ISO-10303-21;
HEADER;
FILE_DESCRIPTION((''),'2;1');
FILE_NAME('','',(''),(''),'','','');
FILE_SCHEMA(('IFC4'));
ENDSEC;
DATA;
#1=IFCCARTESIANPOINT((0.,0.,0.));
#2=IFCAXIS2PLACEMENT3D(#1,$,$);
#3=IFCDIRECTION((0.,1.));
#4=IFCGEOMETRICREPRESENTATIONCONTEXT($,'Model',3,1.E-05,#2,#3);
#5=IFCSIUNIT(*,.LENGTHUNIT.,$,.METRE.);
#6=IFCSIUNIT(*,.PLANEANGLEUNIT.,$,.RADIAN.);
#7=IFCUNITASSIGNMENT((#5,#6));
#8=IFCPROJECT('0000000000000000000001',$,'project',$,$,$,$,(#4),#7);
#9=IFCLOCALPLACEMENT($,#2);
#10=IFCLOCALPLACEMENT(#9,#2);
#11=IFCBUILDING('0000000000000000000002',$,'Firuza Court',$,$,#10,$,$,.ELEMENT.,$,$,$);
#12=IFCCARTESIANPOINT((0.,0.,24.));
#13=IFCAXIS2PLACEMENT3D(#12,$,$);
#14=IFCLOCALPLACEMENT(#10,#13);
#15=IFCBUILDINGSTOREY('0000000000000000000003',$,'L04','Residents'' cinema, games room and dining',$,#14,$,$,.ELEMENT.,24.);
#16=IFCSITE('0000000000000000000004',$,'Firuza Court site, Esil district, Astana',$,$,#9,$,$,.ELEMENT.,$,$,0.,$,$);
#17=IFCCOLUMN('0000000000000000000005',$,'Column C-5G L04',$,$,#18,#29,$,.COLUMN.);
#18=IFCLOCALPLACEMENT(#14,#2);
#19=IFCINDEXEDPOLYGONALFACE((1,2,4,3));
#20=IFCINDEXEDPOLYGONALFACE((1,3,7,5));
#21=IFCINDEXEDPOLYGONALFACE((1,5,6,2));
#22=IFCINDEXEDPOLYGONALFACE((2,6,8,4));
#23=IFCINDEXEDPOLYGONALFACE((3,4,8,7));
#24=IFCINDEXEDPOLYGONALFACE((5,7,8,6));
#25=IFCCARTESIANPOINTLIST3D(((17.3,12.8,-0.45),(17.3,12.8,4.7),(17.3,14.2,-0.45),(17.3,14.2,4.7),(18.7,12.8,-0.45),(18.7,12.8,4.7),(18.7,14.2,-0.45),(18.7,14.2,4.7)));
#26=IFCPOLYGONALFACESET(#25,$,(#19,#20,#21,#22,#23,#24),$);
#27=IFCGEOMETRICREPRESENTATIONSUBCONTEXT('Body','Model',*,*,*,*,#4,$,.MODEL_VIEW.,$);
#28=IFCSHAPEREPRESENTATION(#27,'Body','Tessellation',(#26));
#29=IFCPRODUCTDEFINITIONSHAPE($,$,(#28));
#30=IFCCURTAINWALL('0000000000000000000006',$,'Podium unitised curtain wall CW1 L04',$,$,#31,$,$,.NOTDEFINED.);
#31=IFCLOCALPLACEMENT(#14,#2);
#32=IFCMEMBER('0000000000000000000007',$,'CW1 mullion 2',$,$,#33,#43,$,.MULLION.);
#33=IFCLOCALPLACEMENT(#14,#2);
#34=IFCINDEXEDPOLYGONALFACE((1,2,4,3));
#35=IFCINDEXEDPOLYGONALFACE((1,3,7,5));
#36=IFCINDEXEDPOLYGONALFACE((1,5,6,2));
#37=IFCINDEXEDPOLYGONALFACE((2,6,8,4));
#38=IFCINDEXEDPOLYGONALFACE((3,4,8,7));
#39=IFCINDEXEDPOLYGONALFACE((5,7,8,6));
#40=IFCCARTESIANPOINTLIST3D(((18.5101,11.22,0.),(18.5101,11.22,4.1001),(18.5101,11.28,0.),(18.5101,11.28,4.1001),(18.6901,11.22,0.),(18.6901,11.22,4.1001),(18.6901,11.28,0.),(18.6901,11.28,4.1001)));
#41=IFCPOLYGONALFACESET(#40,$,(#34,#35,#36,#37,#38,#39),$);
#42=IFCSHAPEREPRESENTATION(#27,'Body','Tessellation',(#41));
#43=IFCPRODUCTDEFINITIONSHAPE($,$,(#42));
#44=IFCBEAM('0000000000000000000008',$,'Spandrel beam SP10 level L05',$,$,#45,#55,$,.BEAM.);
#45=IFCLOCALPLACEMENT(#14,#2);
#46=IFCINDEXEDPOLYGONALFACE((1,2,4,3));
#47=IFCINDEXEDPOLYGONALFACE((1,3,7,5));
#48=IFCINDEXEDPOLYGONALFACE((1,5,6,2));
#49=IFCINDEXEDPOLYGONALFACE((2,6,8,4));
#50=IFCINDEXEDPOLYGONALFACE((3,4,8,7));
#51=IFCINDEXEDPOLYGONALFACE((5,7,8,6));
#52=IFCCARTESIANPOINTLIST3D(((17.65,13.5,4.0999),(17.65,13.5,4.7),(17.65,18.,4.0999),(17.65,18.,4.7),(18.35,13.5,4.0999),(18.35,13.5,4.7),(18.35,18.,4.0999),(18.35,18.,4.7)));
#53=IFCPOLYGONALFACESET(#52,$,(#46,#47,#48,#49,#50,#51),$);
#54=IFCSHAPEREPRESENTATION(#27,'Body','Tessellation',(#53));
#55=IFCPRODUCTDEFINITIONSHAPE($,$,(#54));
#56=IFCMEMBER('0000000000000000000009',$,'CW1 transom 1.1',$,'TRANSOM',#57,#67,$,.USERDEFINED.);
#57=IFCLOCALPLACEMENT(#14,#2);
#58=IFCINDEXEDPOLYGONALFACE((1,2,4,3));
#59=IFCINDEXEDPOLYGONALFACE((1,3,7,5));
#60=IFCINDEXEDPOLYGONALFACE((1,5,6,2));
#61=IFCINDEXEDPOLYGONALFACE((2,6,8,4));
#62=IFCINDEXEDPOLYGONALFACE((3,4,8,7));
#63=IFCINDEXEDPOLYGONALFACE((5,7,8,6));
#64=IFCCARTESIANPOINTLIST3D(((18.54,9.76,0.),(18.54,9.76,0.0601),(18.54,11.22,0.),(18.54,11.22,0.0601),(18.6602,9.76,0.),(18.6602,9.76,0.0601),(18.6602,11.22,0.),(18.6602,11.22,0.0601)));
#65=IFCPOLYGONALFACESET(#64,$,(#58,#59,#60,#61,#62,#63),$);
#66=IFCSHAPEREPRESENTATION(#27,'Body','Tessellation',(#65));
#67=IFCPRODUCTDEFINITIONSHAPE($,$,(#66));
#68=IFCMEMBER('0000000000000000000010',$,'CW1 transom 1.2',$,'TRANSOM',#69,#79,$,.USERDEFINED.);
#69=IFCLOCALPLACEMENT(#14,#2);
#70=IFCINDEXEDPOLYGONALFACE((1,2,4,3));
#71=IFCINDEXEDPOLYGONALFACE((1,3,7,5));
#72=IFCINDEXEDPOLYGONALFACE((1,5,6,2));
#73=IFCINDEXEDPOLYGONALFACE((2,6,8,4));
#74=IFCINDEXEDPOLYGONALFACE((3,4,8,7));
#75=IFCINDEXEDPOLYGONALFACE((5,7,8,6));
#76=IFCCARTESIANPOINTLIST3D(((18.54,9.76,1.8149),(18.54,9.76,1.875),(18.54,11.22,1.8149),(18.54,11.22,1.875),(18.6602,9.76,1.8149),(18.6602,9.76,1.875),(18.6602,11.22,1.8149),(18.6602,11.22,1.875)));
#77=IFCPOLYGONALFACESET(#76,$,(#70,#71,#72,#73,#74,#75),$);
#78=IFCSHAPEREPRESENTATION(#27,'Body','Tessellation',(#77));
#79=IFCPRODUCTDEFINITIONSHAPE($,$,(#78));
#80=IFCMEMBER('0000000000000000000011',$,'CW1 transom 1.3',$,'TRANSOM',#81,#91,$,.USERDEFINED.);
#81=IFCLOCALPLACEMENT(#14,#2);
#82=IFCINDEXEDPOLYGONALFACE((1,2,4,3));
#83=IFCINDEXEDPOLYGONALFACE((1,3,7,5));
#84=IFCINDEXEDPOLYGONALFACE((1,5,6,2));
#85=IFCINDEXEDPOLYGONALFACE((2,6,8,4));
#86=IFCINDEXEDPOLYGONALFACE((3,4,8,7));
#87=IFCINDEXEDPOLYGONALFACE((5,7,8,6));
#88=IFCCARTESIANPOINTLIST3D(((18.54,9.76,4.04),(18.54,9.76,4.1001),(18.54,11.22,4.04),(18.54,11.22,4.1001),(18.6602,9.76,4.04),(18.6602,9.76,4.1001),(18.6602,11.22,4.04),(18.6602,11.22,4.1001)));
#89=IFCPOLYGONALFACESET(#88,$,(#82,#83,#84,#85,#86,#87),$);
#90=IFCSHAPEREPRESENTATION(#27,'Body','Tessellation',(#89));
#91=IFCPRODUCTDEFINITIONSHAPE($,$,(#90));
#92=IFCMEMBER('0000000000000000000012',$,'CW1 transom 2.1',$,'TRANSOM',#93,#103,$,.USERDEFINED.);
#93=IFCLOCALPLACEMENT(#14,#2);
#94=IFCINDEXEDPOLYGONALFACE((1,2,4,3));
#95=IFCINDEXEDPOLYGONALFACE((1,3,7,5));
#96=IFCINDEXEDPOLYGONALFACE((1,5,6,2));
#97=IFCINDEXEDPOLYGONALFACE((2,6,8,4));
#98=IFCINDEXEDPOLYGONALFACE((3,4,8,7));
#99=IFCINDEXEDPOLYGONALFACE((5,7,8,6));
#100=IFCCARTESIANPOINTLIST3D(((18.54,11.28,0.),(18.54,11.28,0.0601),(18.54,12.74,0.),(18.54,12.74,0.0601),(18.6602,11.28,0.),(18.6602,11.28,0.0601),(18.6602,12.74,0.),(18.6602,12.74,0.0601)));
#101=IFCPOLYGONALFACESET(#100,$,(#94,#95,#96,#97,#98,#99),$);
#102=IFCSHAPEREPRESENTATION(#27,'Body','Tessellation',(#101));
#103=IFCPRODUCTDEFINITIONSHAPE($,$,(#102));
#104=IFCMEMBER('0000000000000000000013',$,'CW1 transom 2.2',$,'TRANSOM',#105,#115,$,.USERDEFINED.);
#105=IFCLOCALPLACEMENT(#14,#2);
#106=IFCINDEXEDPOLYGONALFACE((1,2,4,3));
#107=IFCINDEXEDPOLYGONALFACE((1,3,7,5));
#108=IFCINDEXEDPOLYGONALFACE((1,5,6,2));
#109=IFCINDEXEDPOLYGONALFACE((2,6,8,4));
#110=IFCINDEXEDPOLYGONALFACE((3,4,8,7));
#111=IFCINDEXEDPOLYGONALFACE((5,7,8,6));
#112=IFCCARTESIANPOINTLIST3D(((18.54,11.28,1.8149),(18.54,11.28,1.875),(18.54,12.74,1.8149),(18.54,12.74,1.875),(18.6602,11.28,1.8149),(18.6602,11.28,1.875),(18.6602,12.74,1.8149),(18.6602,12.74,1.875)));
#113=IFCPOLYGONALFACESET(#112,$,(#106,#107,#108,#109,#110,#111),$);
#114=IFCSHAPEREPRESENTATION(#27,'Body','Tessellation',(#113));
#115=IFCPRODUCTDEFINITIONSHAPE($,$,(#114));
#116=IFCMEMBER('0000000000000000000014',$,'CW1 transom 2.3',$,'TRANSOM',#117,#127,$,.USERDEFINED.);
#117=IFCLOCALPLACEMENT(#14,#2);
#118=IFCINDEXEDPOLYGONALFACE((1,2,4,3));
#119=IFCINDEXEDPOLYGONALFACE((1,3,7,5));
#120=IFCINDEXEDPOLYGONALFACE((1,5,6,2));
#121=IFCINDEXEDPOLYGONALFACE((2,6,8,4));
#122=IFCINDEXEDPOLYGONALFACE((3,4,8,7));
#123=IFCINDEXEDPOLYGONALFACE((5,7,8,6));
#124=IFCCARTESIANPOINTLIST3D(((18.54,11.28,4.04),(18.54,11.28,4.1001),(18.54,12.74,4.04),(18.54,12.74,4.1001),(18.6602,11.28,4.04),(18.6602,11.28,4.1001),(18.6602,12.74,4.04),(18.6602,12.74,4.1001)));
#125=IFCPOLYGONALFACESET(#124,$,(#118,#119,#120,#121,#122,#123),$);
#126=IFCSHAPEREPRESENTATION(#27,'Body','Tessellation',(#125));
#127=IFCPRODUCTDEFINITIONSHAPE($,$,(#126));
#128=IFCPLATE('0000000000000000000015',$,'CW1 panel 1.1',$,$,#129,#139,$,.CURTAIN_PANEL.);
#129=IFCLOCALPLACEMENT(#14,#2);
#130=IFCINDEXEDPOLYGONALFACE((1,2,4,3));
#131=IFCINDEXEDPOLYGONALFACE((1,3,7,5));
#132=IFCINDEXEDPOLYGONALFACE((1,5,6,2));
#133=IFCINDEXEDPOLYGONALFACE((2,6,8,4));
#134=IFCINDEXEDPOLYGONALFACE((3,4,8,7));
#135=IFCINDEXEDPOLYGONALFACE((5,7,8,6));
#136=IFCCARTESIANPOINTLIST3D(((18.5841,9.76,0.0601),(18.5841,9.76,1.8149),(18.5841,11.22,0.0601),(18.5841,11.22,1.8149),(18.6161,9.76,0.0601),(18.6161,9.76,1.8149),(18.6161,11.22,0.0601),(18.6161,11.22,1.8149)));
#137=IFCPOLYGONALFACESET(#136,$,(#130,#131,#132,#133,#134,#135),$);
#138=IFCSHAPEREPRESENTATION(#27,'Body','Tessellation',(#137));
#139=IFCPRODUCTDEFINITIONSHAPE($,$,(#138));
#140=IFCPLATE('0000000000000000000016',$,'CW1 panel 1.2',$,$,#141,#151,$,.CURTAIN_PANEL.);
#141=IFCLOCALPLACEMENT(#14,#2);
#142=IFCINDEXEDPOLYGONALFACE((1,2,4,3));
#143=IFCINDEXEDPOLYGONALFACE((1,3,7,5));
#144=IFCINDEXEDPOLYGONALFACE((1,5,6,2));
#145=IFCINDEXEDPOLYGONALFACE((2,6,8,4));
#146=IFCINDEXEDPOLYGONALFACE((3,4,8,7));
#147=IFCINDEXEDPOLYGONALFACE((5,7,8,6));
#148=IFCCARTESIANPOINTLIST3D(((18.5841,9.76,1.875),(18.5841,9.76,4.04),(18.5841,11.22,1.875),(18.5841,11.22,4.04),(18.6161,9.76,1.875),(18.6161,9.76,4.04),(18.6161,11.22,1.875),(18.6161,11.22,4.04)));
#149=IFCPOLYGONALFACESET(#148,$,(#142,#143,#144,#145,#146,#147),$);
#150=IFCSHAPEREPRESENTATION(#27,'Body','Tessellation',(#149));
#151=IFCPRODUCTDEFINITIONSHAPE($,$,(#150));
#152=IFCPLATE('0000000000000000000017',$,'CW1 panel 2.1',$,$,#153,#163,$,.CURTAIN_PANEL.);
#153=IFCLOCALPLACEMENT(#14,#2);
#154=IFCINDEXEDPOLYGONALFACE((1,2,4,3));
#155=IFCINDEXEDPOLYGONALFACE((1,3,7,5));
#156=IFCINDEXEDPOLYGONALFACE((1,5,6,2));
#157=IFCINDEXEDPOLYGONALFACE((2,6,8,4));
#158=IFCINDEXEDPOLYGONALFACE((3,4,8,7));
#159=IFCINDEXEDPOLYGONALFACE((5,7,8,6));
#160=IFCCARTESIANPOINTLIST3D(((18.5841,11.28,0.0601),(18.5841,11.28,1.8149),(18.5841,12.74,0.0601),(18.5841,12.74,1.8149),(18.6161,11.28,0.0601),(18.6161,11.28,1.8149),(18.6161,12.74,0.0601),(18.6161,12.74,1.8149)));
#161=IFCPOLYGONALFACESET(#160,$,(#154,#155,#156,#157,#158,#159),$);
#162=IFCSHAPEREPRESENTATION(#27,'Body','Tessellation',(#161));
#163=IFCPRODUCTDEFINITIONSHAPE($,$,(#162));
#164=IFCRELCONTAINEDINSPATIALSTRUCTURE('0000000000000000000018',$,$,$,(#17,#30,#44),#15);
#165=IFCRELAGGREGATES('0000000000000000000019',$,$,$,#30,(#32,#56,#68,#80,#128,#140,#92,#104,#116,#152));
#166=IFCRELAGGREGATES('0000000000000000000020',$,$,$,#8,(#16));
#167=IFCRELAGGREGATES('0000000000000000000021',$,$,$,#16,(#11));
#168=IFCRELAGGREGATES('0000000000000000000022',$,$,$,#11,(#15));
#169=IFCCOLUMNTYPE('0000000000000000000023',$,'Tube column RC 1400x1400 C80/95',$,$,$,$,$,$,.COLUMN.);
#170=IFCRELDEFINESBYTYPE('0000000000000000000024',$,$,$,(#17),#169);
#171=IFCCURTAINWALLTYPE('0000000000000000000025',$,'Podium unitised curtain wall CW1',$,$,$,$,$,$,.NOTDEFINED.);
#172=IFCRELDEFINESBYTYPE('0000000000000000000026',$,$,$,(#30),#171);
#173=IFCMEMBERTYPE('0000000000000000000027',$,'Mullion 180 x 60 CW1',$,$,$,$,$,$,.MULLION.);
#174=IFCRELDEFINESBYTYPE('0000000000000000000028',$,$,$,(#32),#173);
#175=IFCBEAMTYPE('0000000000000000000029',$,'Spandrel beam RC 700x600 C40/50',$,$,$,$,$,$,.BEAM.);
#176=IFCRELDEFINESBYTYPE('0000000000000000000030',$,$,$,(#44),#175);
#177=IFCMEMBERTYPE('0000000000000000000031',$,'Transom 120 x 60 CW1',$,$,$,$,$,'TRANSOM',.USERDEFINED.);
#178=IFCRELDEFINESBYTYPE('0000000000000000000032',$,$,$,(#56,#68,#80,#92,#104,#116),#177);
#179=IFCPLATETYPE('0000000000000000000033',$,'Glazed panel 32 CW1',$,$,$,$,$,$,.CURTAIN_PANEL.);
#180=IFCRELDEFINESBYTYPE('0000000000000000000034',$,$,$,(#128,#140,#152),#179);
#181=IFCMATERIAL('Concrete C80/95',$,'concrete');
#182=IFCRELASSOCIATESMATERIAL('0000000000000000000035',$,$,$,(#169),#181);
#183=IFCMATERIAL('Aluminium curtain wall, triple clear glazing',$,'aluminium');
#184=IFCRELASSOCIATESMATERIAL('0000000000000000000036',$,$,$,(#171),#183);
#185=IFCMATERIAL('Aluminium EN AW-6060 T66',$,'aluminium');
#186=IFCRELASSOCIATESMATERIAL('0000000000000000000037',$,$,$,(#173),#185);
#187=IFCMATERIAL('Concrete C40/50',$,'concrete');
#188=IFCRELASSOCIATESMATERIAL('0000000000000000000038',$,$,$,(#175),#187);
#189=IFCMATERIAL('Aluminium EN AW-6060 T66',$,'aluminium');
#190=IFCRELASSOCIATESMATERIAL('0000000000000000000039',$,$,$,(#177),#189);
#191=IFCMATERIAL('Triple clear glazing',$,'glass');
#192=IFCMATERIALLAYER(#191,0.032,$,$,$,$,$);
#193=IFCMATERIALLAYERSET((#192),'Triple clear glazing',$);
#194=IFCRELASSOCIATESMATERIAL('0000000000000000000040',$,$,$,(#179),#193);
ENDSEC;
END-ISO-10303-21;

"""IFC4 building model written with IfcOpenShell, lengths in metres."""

from ifc_helpers import new_model, si_unit, direction, frame, origin, origin_2d, place, context, subcontext, project, spatial, rectangle, extrude, material, layer, layer_set, material_profile, profile_set, type_object, element, aggregate, save


model = new_model("IFC4")

# Units and contexts
model_context = context("Model", 3, precision=1e-05, world=origin(), true_north=direction((0.0, 1.0)))
body_context = subcontext(model_context, "Body", "Model", "MODEL_VIEW")
ifc_project = project(units=[si_unit("LENGTHUNIT", "METRE"), si_unit("PLANEANGLEUNIT", "RADIAN")], contexts=[model_context])

# Site, building, storey
site_placement = place(None, origin())
site = spatial("IfcSite", under=ifc_project, at=site_placement, Name="Firuza Court site, Esil district, Astana", CompositionType="ELEMENT", RefElevation=0.0)
building_placement = place(site_placement, origin())
building = spatial("IfcBuilding", under=site, at=building_placement, Name="Firuza Court", CompositionType="ELEMENT")
storey_placement = place(building_placement, frame((0.0, 0.0, 24.0)))
storey = spatial("IfcBuildingStorey", under=building, at=storey_placement, Name="L04", Description="Residents' cinema, games room and dining", CompositionType="ELEMENT", Elevation=24.0)

# Column
ifc_material_1 = material(Name="Concrete C80/95", Category="concrete")
ifc_material_profile_1 = material_profile(ifc_material_1, rectangle(XDim=1.3999, YDim=1.3999, at=origin_2d()), Name="RC 1400x1400")
ifc_profile_set_1 = profile_set([ifc_material_profile_1], Name="Concrete C80/95")
column_type = type_object("IfcColumnType", Name="Tube column RC 1400x1400 C80/95", PredefinedType="COLUMN", material=ifc_profile_set_1)
column_placement = place(storey_placement, frame((18.0, 13.5, -0.45), z_axis=(0.0, 0.0, 1.0), x_axis=(1.0, 0.0, 0.0)))
element("IfcColumn", 1, at=column_placement, inside=storey, type_object=column_type, Name="Column C-5G L04", PredefinedType="COLUMN", context=body_context, shape_type="SweptSolid", body=[
    extrude(rectangle(XDim=1.3999, YDim=1.3999, at=origin_2d()), origin(), (0.0, 0.0, 1.0), 5.1499),
])

# Curtain wall, member
ifc_material_2 = material(Name="Aluminium curtain wall, triple clear glazing", Category="aluminium")
curtain_wall_type = type_object("IfcCurtainWallType", Name="Podium unitised curtain wall CW1", PredefinedType="NOTDEFINED", material=ifc_material_2)
curtain_wall_placement = place(storey_placement, origin())
curtain_wall = element("IfcCurtainWall", 2, at=curtain_wall_placement, inside=storey, type_object=curtain_wall_type, Name="Podium unitised curtain wall CW1 L04", PredefinedType="NOTDEFINED")
ifc_material_3 = material(Name="Aluminium EN AW-6060 T66", Category="aluminium")
ifc_material_profile_2 = material_profile(ifc_material_3, rectangle(XDim=0.1799, YDim=0.0601, at=origin_2d()), Name="Mullion 180 x 60 CW1")
ifc_profile_set_2 = profile_set([ifc_material_profile_2], Name="Aluminium EN AW-6060 T66")
member_type_1 = type_object("IfcMemberType", Name="Mullion 180 x 60 CW1", PredefinedType="MULLION", material=ifc_profile_set_2)
member_1_placement = place(storey_placement, frame((18.6001, 11.25, 0.0), z_axis=(0.0, 0.0, 1.0), x_axis=(-1.0, 0.0, 0.0)))
member_1 = element("IfcMember", 3, at=member_1_placement, type_object=member_type_1, Name="CW1 mullion 2", PredefinedType="MULLION", context=body_context, shape_type="SweptSolid", body=[
    extrude(rectangle(XDim=0.1799, YDim=0.0601, at=origin_2d()), origin(), (0.0, 0.0, 1.0), 4.1001),
])

# Beam
ifc_material_4 = material(Name="Concrete C40/50", Category="concrete")
ifc_material_profile_3 = material_profile(ifc_material_4, rectangle(XDim=0.7, YDim=0.6001, at=origin_2d()), Name="RC 700x600")
ifc_profile_set_3 = profile_set([ifc_material_profile_3], Name="Concrete C40/50")
beam_type = type_object("IfcBeamType", Name="Spandrel beam RC 700x600 C40/50", PredefinedType="BEAM", material=ifc_profile_set_3)
beam_placement = place(storey_placement, frame((18.0, 13.5, 4.3999), z_axis=(0.0, 1.0, 0.0), x_axis=(-1.0, 0.0, 0.0)))
element("IfcBeam", 4, at=beam_placement, inside=storey, type_object=beam_type, Name="Spandrel beam SP10 level L05", PredefinedType="BEAM", context=body_context, shape_type="SweptSolid", body=[
    extrude(rectangle(XDim=0.7, YDim=0.6001, at=origin_2d()), origin(), (0.0, 0.0, 1.0), 4.5),
])

# Members
ifc_material_5 = material(Name="Aluminium EN AW-6060 T66", Category="aluminium")
ifc_material_profile_4 = material_profile(ifc_material_5, rectangle(XDim=0.1201, YDim=0.0601, at=origin_2d()), Name="Transom 120 x 60 CW1")
ifc_profile_set_4 = profile_set([ifc_material_profile_4], Name="Aluminium EN AW-6060 T66")
member_type_2 = type_object("IfcMemberType", Name="Transom 120 x 60 CW1", ElementType="TRANSOM", PredefinedType="USERDEFINED", material=ifc_profile_set_4)
member_2_placement = place(storey_placement, frame((18.6001, 9.76, 0.03), z_axis=(0.0, 1.0, 0.0), x_axis=(-1.0, 0.0, 0.0)))
member_2 = element("IfcMember", 5, at=member_2_placement, type_object=member_type_2, Name="CW1 transom 1.1", ObjectType="TRANSOM", PredefinedType="USERDEFINED", context=body_context, shape_type="SweptSolid", body=[
    extrude(rectangle(XDim=0.1201, YDim=0.0601, at=origin_2d()), origin(), (0.0, 0.0, 1.0), 1.46),
])
member_3_placement = place(storey_placement, frame((18.6001, 9.76, 1.845), z_axis=(0.0, 1.0, 0.0), x_axis=(-1.0, 0.0, 0.0)))
member_3 = element("IfcMember", 6, at=member_3_placement, type_object=member_type_2, Name="CW1 transom 1.2", ObjectType="TRANSOM", PredefinedType="USERDEFINED", context=body_context, shape_type="SweptSolid", body=[
    extrude(rectangle(XDim=0.1201, YDim=0.0601, at=origin_2d()), origin(), (0.0, 0.0, 1.0), 1.46),
])
member_4_placement = place(storey_placement, frame((18.6001, 9.76, 4.0701), z_axis=(0.0, 1.0, 0.0), x_axis=(-1.0, 0.0, 0.0)))
member_4 = element("IfcMember", 7, at=member_4_placement, type_object=member_type_2, Name="CW1 transom 1.3", ObjectType="TRANSOM", PredefinedType="USERDEFINED", context=body_context, shape_type="SweptSolid", body=[
    extrude(rectangle(XDim=0.1201, YDim=0.0601, at=origin_2d()), origin(), (0.0, 0.0, 1.0), 1.46),
])
member_5_placement = place(storey_placement, frame((18.6001, 11.28, 0.03), z_axis=(0.0, 1.0, 0.0), x_axis=(-1.0, 0.0, 0.0)))
member_5 = element("IfcMember", 8, at=member_5_placement, type_object=member_type_2, Name="CW1 transom 2.1", ObjectType="TRANSOM", PredefinedType="USERDEFINED", context=body_context, shape_type="SweptSolid", body=[
    extrude(rectangle(XDim=0.1201, YDim=0.0601, at=origin_2d()), origin(), (0.0, 0.0, 1.0), 1.46),
])
member_6_placement = place(storey_placement, frame((18.6001, 11.28, 1.845), z_axis=(0.0, 1.0, 0.0), x_axis=(-1.0, 0.0, 0.0)))
member_6 = element("IfcMember", 9, at=member_6_placement, type_object=member_type_2, Name="CW1 transom 2.2", ObjectType="TRANSOM", PredefinedType="USERDEFINED", context=body_context, shape_type="SweptSolid", body=[
    extrude(rectangle(XDim=0.1201, YDim=0.0601, at=origin_2d()), origin(), (0.0, 0.0, 1.0), 1.46),
])
member_7_placement = place(storey_placement, frame((18.6001, 11.28, 4.0701), z_axis=(0.0, 1.0, 0.0), x_axis=(-1.0, 0.0, 0.0)))
member_7 = element("IfcMember", 10, at=member_7_placement, type_object=member_type_2, Name="CW1 transom 2.3", ObjectType="TRANSOM", PredefinedType="USERDEFINED", context=body_context, shape_type="SweptSolid", body=[
    extrude(rectangle(XDim=0.1201, YDim=0.0601, at=origin_2d()), origin(), (0.0, 0.0, 1.0), 1.46),
])

# Plates
ifc_material_6 = material(Name="Triple clear glazing", Category="glass")
ifc_layer_1 = layer(ifc_material_6, 0.032)
ifc_layer_set_1 = layer_set([ifc_layer_1], Name="Triple clear glazing")
plate_type = type_object("IfcPlateType", Name="Glazed panel 32 CW1", PredefinedType="CURTAIN_PANEL", material=ifc_layer_set_1)
plate_1_placement = place(storey_placement, frame((18.6001, 10.49, 0.0601), z_axis=(0.0, 0.0, 1.0), x_axis=(0.0, 1.0, 0.0)))
plate_1 = element("IfcPlate", 11, at=plate_1_placement, type_object=plate_type, Name="CW1 panel 1.1", PredefinedType="CURTAIN_PANEL", context=body_context, shape_type="SweptSolid", body=[
    extrude(rectangle(XDim=1.46, YDim=0.032, at=origin_2d()), origin(), (0.0, 0.0, 1.0), 1.7549),
])
plate_2_placement = place(storey_placement, frame((18.6001, 10.49, 1.875), z_axis=(0.0, 0.0, 1.0), x_axis=(0.0, 1.0, 0.0)))
plate_2 = element("IfcPlate", 12, at=plate_2_placement, type_object=plate_type, Name="CW1 panel 1.2", PredefinedType="CURTAIN_PANEL", context=body_context, shape_type="SweptSolid", body=[
    extrude(rectangle(XDim=1.46, YDim=0.032, at=origin_2d()), origin(), (0.0, 0.0, 1.0), 2.165),
])
plate_3_placement = place(storey_placement, frame((18.6001, 12.01, 0.0601), z_axis=(0.0, 0.0, 1.0), x_axis=(0.0, 1.0, 0.0)))
plate_3 = element("IfcPlate", 13, at=plate_3_placement, type_object=plate_type, Name="CW1 panel 2.1", PredefinedType="CURTAIN_PANEL", context=body_context, shape_type="SweptSolid", body=[
    extrude(rectangle(XDim=1.46, YDim=0.032, at=origin_2d()), origin(), (0.0, 0.0, 1.0), 1.7549),
])
aggregate(curtain_wall, [member_1, member_2, member_3, member_4, plate_1, plate_2, member_5, member_6, member_7, plate_3])

save(model, "model.ifc")
